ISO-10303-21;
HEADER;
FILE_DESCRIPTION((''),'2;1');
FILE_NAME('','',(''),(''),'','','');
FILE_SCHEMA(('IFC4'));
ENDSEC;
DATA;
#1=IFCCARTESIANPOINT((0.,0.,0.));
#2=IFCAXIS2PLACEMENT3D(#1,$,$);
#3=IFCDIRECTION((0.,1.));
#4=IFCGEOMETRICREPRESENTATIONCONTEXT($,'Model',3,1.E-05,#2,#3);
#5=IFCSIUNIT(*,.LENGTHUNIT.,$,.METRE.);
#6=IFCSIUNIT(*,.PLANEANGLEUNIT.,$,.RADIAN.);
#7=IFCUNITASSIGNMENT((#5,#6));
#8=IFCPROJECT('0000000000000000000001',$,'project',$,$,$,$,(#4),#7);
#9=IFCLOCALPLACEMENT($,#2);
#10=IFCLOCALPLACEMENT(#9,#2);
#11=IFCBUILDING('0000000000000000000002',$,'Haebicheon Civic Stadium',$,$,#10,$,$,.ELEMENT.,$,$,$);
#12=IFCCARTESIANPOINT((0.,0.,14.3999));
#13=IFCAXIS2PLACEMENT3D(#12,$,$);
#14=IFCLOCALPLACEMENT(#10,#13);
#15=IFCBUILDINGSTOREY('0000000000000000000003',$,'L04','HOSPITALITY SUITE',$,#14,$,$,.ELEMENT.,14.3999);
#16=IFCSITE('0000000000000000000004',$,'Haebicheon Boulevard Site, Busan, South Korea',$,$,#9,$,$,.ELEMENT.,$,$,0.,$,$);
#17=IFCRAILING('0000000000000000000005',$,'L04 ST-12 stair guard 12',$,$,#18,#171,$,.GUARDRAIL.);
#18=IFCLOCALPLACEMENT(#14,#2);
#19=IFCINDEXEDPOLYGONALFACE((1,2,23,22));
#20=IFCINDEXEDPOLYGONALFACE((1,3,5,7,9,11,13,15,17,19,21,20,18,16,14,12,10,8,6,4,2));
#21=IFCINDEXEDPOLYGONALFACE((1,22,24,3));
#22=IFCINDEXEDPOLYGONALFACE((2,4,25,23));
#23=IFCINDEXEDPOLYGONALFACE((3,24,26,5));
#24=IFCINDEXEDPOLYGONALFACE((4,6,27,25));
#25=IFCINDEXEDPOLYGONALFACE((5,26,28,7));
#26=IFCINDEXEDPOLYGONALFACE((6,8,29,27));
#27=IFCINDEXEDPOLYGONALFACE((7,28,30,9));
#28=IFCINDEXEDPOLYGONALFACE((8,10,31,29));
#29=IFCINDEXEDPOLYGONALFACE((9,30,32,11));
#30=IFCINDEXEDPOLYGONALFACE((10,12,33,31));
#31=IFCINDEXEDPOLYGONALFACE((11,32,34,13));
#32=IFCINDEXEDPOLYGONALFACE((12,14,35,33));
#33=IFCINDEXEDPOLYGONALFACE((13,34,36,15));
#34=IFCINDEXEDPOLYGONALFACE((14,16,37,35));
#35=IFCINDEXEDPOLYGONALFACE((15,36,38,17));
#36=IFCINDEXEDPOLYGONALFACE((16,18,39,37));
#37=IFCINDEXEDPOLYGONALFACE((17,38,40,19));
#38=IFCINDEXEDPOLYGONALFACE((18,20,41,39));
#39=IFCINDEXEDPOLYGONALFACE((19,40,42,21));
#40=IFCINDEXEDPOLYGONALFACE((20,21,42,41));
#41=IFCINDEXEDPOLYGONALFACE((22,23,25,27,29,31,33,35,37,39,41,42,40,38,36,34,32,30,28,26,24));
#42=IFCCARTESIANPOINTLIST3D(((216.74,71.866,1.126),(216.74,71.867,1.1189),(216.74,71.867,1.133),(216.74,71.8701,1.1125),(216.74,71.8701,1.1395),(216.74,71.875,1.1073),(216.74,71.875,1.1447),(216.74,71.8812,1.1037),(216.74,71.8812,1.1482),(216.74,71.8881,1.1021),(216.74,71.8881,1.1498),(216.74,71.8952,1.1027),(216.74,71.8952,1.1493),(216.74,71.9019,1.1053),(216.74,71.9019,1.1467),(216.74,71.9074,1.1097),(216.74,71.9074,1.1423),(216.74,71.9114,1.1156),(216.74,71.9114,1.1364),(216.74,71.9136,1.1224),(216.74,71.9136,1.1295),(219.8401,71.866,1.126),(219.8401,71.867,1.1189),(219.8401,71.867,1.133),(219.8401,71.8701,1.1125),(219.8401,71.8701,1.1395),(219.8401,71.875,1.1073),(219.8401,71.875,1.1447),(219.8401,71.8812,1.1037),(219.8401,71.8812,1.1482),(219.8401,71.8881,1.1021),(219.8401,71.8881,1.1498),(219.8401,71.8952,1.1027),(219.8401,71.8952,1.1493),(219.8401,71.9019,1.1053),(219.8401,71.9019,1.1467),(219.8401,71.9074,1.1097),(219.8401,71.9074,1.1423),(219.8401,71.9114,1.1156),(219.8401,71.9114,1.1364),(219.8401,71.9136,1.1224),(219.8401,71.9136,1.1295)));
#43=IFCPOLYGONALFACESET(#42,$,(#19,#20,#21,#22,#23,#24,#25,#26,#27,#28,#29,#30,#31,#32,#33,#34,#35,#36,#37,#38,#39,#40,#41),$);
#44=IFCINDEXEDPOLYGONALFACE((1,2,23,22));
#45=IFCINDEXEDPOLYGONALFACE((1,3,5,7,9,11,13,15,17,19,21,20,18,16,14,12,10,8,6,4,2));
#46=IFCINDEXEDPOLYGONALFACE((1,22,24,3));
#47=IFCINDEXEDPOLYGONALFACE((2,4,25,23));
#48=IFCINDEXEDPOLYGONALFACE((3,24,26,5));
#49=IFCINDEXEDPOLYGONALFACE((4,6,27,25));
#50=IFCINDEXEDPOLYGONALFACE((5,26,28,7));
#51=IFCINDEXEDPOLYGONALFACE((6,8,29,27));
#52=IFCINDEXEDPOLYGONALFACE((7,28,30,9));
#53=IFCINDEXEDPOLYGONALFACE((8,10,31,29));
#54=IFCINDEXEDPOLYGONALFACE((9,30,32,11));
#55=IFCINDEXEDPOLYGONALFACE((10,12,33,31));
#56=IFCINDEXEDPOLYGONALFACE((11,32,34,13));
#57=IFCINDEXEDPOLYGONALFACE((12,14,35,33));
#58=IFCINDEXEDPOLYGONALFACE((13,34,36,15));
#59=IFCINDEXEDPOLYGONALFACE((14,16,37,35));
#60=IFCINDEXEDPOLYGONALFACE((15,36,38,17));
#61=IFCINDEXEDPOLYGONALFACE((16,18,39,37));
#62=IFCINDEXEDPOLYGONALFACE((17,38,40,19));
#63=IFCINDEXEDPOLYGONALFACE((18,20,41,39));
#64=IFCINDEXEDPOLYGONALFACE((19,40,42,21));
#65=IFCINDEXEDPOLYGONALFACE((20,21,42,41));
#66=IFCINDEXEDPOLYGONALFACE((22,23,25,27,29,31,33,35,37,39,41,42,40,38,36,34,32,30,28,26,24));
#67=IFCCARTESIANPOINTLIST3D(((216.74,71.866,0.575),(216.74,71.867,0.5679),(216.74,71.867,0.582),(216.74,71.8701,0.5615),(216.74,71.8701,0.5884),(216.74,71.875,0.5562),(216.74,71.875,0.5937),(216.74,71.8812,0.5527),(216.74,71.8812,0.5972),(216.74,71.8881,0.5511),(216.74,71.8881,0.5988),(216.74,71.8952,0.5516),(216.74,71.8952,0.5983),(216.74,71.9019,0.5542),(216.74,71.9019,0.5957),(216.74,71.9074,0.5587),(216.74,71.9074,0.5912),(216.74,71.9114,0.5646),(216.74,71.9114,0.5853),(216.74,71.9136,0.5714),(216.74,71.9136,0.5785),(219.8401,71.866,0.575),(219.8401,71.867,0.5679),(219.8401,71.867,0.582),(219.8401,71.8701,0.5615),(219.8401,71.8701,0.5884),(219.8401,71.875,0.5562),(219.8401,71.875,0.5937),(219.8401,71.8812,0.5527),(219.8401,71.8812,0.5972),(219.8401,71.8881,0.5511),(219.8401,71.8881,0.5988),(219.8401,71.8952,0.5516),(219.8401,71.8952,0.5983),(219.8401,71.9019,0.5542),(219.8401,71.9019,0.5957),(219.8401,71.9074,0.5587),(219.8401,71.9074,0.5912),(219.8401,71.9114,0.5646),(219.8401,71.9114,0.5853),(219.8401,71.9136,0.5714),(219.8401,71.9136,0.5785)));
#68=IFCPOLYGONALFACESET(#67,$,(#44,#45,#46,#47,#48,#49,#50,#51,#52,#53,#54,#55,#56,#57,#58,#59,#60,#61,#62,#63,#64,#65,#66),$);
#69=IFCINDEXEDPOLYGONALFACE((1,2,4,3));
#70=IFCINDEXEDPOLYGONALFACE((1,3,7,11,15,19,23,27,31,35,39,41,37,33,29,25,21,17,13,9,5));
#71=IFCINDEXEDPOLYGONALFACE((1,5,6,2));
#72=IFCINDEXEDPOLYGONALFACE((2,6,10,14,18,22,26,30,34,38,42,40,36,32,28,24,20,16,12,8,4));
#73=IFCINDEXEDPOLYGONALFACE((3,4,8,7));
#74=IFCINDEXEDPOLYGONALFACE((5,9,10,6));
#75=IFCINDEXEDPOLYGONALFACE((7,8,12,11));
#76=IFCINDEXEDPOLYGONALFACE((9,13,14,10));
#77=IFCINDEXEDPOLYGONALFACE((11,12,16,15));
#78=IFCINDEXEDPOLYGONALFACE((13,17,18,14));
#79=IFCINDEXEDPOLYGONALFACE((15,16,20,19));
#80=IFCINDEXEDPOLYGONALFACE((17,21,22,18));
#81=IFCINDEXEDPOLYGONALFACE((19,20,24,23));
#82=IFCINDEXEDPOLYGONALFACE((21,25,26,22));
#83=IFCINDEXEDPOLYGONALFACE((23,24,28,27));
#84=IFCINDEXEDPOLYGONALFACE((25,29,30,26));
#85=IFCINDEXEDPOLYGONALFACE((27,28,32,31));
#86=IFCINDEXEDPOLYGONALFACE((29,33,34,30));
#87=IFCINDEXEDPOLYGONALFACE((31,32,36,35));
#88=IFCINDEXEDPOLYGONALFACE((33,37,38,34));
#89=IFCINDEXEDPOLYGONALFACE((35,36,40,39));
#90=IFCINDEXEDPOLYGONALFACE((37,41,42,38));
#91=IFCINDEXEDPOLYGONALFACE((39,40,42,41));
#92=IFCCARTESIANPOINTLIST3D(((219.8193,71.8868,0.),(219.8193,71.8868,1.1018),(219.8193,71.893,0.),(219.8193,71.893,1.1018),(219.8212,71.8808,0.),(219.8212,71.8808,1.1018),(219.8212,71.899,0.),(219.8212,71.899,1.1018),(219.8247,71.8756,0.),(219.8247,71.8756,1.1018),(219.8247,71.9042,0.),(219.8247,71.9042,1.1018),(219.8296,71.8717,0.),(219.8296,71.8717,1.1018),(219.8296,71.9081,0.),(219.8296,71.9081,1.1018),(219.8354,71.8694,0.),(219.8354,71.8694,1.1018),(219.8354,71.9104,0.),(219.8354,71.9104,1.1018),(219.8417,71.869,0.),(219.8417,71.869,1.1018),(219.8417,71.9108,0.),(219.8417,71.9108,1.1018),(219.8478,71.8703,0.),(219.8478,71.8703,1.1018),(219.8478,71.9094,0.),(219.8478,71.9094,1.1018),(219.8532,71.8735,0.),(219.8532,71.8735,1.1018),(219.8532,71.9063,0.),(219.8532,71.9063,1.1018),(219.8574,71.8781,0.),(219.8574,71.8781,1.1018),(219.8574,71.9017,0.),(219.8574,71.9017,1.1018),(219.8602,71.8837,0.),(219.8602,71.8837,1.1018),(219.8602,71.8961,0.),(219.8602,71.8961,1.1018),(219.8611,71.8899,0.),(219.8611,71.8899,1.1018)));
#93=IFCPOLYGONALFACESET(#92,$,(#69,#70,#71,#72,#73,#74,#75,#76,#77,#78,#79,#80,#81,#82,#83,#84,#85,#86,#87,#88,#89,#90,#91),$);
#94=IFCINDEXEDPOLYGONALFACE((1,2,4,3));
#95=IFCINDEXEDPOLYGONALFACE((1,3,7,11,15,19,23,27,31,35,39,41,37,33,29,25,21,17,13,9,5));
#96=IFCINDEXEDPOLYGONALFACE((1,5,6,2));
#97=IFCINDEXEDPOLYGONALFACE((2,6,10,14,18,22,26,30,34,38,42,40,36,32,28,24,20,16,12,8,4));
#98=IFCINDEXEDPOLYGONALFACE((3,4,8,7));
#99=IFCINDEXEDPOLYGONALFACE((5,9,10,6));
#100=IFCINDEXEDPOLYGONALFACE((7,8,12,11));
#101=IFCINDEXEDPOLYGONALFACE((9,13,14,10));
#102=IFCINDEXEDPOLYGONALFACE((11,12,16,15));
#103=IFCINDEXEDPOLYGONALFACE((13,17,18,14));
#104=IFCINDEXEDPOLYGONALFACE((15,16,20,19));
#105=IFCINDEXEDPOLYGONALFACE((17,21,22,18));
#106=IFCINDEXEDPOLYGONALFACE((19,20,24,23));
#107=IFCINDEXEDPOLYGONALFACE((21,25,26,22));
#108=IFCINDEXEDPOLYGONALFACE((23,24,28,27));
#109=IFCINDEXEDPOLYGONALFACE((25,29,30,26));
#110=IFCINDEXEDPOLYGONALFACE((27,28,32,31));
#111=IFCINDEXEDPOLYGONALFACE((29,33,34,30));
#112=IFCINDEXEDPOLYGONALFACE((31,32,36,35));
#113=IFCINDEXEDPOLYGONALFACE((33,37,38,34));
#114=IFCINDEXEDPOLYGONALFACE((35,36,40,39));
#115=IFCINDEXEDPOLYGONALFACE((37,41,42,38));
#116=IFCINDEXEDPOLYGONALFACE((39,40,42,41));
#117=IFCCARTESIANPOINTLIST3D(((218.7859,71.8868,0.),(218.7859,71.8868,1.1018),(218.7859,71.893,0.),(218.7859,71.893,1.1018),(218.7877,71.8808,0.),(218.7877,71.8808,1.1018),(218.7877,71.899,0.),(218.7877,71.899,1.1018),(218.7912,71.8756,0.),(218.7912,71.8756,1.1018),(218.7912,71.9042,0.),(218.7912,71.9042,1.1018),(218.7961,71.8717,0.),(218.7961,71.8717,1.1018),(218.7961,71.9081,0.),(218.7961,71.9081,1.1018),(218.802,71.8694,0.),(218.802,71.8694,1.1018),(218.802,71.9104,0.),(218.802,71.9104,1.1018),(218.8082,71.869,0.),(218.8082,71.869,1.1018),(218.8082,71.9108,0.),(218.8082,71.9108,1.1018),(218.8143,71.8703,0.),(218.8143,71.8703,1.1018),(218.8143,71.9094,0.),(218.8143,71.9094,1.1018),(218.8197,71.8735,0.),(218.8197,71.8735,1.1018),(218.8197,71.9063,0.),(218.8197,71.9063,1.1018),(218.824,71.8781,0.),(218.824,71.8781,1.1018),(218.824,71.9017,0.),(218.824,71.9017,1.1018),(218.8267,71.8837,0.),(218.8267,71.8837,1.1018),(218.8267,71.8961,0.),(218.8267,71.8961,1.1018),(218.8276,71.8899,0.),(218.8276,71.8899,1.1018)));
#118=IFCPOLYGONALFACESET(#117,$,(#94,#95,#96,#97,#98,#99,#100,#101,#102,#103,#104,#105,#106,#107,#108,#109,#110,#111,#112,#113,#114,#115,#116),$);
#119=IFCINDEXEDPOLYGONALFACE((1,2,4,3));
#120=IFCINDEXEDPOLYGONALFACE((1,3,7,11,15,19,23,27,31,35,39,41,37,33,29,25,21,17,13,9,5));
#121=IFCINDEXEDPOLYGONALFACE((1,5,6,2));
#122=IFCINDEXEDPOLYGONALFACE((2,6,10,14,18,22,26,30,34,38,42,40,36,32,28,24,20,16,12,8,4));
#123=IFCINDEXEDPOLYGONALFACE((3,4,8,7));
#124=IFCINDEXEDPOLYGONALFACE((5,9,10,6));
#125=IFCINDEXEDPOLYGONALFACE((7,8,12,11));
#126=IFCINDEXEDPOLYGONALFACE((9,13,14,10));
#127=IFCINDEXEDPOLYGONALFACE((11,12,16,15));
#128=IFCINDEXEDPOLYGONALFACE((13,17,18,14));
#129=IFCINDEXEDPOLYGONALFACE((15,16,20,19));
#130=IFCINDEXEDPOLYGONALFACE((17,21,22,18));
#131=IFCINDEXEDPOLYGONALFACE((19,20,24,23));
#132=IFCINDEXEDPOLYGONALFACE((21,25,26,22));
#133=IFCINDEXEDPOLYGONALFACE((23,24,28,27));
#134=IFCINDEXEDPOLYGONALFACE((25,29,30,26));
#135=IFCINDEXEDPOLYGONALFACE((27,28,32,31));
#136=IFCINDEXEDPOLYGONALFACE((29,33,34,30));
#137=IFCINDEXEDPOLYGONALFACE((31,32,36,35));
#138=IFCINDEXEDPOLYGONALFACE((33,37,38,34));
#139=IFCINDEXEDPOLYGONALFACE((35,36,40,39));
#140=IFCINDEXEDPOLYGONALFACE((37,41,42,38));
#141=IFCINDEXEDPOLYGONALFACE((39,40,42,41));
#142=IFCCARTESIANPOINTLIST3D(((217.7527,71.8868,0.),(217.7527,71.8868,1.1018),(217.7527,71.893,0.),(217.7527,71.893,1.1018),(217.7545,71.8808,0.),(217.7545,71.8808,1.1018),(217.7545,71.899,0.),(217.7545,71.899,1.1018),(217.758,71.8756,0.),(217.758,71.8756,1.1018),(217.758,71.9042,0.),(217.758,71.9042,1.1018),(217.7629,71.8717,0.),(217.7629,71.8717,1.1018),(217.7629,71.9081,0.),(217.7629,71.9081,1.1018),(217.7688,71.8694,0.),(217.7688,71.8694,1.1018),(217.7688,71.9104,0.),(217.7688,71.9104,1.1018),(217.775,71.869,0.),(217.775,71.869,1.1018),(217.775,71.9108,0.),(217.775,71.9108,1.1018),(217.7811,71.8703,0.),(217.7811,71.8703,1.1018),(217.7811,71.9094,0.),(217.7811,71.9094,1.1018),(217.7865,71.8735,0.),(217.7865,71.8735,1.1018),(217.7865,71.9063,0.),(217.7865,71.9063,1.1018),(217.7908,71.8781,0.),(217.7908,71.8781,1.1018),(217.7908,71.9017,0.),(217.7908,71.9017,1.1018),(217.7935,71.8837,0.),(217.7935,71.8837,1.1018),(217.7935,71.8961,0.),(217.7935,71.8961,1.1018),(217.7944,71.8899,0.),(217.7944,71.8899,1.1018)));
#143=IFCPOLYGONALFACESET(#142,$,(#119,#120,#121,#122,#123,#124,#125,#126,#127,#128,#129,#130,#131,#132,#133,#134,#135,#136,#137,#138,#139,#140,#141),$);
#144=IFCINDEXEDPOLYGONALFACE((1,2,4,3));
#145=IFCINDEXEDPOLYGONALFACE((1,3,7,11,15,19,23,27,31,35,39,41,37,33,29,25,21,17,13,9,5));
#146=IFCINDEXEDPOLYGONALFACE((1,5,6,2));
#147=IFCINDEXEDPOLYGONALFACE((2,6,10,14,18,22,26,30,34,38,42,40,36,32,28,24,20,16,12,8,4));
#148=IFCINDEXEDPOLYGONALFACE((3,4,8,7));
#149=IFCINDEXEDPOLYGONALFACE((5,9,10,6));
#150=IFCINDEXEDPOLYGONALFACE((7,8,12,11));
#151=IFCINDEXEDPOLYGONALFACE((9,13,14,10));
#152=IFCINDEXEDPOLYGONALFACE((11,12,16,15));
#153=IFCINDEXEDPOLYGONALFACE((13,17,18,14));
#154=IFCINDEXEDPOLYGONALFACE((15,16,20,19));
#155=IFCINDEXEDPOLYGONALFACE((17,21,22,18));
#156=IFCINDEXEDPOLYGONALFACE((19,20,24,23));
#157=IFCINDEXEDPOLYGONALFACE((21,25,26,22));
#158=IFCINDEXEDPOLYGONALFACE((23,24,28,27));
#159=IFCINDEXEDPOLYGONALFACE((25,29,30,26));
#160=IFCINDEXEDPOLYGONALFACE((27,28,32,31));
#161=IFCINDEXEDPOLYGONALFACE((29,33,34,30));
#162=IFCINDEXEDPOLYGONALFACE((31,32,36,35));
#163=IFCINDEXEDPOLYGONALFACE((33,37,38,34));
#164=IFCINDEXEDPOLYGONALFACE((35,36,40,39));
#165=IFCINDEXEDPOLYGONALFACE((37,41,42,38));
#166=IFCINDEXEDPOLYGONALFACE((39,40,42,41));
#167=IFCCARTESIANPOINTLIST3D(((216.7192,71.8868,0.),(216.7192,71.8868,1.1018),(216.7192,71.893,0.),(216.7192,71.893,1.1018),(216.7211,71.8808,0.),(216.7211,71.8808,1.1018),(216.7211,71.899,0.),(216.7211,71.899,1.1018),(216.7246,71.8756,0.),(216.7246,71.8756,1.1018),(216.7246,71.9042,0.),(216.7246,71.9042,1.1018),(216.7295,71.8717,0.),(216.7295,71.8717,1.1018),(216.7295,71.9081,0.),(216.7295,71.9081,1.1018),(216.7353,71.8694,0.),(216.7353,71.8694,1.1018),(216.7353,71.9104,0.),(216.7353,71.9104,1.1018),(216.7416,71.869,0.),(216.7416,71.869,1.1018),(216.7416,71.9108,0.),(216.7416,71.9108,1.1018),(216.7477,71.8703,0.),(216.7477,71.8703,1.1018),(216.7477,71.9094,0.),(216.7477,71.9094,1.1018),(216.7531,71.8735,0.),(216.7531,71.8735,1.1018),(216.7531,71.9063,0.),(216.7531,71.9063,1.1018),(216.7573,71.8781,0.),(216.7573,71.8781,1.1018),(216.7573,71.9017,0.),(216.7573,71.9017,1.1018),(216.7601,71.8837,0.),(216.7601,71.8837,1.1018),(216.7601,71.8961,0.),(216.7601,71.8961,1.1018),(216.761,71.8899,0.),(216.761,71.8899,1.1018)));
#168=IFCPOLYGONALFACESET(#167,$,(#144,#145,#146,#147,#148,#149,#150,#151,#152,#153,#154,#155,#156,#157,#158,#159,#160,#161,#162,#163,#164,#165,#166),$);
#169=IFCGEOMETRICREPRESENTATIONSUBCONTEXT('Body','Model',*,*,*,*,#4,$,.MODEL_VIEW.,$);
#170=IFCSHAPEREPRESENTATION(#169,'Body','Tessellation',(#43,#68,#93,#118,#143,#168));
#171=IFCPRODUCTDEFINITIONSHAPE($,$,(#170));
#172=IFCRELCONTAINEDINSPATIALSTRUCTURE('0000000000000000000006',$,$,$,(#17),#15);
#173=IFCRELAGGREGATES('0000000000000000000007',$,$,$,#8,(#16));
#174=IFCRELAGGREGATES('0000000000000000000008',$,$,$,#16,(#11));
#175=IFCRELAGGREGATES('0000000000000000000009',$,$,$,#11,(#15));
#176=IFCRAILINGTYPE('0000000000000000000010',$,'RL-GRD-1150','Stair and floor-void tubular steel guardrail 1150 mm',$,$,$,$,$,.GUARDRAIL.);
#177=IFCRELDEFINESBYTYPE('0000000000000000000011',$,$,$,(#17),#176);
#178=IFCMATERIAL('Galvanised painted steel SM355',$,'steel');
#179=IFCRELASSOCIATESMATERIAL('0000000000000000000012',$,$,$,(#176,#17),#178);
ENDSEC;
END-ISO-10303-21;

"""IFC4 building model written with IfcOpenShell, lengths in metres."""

from ifc_helpers import new_model, si_unit, direction, frame, origin, origin_2d, place, context, subcontext, project, spatial, circle, extrude, material, type_object, element, save


model = new_model("IFC4")

# Units and contexts
model_context = context("Model", 3, precision=1e-05, world=origin(), true_north=direction((0.0, 1.0)))
body_context = subcontext(model_context, "Body", "Model", "MODEL_VIEW")
ifc_project = project(units=[si_unit("LENGTHUNIT", "METRE"), si_unit("PLANEANGLEUNIT", "RADIAN")], contexts=[model_context])

# Site, building, storey
site_placement = place(None, origin())
site = spatial("IfcSite", under=ifc_project, at=site_placement, Name="Haebicheon Boulevard Site, Busan, South Korea", CompositionType="ELEMENT", RefElevation=0.0)
building_placement = place(site_placement, origin())
building = spatial("IfcBuilding", under=site, at=building_placement, Name="Haebicheon Civic Stadium", CompositionType="ELEMENT")
storey_placement = place(building_placement, frame((0.0, 0.0, 14.3999)))
storey = spatial("IfcBuildingStorey", under=building, at=storey_placement, Name="L04", Description="HOSPITALITY SUITE", CompositionType="ELEMENT", Elevation=14.3999)

# Railing
ifc_material_1 = material(Name="Galvanised painted steel SM355", Category="steel")
railing_type_1 = type_object("IfcRailingType", Name="RL-GRD-1150", Description="Stair and floor-void tubular steel guardrail 1150 mm", PredefinedType="GUARDRAIL", material=ifc_material_1)
railing_1_placement = place(storey_placement, frame((219.8401, 71.8899, 0.0)))
element("IfcRailing", 1, at=railing_1_placement, inside=storey, type_object=railing_type_1, material=ifc_material_1, Name="L04 ST-12 stair guard 12", PredefinedType="GUARDRAIL", context=body_context, shape_type="SweptSolid", body=[
    extrude(circle(Radius=0.0239, at=origin_2d()), frame((0.0, 0.0, 1.126), z_axis=(-1.0, 0.0, 0.0), x_axis=(0.0, -1.0, 0.0)), (0.0, 0.0, 1.0), 3.1001),
    extrude(circle(Radius=0.0239, at=origin_2d()), frame((0.0, 0.0, 0.575), z_axis=(-1.0, 0.0, 0.0), x_axis=(0.0, -1.0, 0.0)), (0.0, 0.0, 1.0), 3.1001),
    extrude(circle(Radius=0.021, at=origin_2d()), origin(), (0.0, 0.0, 1.0), 1.1018),
    extrude(circle(Radius=0.021, at=origin_2d()), frame((-1.0334, 0.0, 0.0)), (0.0, 0.0, 1.0), 1.1018),
    extrude(circle(Radius=0.021, at=origin_2d()), frame((-2.0667, 0.0, 0.0)), (0.0, 0.0, 1.0), 1.1018),
    extrude(circle(Radius=0.021, at=origin_2d()), frame((-3.1001, 0.0, 0.0)), (0.0, 0.0, 1.0), 1.1018),
])

save(model, "model.ifc")
